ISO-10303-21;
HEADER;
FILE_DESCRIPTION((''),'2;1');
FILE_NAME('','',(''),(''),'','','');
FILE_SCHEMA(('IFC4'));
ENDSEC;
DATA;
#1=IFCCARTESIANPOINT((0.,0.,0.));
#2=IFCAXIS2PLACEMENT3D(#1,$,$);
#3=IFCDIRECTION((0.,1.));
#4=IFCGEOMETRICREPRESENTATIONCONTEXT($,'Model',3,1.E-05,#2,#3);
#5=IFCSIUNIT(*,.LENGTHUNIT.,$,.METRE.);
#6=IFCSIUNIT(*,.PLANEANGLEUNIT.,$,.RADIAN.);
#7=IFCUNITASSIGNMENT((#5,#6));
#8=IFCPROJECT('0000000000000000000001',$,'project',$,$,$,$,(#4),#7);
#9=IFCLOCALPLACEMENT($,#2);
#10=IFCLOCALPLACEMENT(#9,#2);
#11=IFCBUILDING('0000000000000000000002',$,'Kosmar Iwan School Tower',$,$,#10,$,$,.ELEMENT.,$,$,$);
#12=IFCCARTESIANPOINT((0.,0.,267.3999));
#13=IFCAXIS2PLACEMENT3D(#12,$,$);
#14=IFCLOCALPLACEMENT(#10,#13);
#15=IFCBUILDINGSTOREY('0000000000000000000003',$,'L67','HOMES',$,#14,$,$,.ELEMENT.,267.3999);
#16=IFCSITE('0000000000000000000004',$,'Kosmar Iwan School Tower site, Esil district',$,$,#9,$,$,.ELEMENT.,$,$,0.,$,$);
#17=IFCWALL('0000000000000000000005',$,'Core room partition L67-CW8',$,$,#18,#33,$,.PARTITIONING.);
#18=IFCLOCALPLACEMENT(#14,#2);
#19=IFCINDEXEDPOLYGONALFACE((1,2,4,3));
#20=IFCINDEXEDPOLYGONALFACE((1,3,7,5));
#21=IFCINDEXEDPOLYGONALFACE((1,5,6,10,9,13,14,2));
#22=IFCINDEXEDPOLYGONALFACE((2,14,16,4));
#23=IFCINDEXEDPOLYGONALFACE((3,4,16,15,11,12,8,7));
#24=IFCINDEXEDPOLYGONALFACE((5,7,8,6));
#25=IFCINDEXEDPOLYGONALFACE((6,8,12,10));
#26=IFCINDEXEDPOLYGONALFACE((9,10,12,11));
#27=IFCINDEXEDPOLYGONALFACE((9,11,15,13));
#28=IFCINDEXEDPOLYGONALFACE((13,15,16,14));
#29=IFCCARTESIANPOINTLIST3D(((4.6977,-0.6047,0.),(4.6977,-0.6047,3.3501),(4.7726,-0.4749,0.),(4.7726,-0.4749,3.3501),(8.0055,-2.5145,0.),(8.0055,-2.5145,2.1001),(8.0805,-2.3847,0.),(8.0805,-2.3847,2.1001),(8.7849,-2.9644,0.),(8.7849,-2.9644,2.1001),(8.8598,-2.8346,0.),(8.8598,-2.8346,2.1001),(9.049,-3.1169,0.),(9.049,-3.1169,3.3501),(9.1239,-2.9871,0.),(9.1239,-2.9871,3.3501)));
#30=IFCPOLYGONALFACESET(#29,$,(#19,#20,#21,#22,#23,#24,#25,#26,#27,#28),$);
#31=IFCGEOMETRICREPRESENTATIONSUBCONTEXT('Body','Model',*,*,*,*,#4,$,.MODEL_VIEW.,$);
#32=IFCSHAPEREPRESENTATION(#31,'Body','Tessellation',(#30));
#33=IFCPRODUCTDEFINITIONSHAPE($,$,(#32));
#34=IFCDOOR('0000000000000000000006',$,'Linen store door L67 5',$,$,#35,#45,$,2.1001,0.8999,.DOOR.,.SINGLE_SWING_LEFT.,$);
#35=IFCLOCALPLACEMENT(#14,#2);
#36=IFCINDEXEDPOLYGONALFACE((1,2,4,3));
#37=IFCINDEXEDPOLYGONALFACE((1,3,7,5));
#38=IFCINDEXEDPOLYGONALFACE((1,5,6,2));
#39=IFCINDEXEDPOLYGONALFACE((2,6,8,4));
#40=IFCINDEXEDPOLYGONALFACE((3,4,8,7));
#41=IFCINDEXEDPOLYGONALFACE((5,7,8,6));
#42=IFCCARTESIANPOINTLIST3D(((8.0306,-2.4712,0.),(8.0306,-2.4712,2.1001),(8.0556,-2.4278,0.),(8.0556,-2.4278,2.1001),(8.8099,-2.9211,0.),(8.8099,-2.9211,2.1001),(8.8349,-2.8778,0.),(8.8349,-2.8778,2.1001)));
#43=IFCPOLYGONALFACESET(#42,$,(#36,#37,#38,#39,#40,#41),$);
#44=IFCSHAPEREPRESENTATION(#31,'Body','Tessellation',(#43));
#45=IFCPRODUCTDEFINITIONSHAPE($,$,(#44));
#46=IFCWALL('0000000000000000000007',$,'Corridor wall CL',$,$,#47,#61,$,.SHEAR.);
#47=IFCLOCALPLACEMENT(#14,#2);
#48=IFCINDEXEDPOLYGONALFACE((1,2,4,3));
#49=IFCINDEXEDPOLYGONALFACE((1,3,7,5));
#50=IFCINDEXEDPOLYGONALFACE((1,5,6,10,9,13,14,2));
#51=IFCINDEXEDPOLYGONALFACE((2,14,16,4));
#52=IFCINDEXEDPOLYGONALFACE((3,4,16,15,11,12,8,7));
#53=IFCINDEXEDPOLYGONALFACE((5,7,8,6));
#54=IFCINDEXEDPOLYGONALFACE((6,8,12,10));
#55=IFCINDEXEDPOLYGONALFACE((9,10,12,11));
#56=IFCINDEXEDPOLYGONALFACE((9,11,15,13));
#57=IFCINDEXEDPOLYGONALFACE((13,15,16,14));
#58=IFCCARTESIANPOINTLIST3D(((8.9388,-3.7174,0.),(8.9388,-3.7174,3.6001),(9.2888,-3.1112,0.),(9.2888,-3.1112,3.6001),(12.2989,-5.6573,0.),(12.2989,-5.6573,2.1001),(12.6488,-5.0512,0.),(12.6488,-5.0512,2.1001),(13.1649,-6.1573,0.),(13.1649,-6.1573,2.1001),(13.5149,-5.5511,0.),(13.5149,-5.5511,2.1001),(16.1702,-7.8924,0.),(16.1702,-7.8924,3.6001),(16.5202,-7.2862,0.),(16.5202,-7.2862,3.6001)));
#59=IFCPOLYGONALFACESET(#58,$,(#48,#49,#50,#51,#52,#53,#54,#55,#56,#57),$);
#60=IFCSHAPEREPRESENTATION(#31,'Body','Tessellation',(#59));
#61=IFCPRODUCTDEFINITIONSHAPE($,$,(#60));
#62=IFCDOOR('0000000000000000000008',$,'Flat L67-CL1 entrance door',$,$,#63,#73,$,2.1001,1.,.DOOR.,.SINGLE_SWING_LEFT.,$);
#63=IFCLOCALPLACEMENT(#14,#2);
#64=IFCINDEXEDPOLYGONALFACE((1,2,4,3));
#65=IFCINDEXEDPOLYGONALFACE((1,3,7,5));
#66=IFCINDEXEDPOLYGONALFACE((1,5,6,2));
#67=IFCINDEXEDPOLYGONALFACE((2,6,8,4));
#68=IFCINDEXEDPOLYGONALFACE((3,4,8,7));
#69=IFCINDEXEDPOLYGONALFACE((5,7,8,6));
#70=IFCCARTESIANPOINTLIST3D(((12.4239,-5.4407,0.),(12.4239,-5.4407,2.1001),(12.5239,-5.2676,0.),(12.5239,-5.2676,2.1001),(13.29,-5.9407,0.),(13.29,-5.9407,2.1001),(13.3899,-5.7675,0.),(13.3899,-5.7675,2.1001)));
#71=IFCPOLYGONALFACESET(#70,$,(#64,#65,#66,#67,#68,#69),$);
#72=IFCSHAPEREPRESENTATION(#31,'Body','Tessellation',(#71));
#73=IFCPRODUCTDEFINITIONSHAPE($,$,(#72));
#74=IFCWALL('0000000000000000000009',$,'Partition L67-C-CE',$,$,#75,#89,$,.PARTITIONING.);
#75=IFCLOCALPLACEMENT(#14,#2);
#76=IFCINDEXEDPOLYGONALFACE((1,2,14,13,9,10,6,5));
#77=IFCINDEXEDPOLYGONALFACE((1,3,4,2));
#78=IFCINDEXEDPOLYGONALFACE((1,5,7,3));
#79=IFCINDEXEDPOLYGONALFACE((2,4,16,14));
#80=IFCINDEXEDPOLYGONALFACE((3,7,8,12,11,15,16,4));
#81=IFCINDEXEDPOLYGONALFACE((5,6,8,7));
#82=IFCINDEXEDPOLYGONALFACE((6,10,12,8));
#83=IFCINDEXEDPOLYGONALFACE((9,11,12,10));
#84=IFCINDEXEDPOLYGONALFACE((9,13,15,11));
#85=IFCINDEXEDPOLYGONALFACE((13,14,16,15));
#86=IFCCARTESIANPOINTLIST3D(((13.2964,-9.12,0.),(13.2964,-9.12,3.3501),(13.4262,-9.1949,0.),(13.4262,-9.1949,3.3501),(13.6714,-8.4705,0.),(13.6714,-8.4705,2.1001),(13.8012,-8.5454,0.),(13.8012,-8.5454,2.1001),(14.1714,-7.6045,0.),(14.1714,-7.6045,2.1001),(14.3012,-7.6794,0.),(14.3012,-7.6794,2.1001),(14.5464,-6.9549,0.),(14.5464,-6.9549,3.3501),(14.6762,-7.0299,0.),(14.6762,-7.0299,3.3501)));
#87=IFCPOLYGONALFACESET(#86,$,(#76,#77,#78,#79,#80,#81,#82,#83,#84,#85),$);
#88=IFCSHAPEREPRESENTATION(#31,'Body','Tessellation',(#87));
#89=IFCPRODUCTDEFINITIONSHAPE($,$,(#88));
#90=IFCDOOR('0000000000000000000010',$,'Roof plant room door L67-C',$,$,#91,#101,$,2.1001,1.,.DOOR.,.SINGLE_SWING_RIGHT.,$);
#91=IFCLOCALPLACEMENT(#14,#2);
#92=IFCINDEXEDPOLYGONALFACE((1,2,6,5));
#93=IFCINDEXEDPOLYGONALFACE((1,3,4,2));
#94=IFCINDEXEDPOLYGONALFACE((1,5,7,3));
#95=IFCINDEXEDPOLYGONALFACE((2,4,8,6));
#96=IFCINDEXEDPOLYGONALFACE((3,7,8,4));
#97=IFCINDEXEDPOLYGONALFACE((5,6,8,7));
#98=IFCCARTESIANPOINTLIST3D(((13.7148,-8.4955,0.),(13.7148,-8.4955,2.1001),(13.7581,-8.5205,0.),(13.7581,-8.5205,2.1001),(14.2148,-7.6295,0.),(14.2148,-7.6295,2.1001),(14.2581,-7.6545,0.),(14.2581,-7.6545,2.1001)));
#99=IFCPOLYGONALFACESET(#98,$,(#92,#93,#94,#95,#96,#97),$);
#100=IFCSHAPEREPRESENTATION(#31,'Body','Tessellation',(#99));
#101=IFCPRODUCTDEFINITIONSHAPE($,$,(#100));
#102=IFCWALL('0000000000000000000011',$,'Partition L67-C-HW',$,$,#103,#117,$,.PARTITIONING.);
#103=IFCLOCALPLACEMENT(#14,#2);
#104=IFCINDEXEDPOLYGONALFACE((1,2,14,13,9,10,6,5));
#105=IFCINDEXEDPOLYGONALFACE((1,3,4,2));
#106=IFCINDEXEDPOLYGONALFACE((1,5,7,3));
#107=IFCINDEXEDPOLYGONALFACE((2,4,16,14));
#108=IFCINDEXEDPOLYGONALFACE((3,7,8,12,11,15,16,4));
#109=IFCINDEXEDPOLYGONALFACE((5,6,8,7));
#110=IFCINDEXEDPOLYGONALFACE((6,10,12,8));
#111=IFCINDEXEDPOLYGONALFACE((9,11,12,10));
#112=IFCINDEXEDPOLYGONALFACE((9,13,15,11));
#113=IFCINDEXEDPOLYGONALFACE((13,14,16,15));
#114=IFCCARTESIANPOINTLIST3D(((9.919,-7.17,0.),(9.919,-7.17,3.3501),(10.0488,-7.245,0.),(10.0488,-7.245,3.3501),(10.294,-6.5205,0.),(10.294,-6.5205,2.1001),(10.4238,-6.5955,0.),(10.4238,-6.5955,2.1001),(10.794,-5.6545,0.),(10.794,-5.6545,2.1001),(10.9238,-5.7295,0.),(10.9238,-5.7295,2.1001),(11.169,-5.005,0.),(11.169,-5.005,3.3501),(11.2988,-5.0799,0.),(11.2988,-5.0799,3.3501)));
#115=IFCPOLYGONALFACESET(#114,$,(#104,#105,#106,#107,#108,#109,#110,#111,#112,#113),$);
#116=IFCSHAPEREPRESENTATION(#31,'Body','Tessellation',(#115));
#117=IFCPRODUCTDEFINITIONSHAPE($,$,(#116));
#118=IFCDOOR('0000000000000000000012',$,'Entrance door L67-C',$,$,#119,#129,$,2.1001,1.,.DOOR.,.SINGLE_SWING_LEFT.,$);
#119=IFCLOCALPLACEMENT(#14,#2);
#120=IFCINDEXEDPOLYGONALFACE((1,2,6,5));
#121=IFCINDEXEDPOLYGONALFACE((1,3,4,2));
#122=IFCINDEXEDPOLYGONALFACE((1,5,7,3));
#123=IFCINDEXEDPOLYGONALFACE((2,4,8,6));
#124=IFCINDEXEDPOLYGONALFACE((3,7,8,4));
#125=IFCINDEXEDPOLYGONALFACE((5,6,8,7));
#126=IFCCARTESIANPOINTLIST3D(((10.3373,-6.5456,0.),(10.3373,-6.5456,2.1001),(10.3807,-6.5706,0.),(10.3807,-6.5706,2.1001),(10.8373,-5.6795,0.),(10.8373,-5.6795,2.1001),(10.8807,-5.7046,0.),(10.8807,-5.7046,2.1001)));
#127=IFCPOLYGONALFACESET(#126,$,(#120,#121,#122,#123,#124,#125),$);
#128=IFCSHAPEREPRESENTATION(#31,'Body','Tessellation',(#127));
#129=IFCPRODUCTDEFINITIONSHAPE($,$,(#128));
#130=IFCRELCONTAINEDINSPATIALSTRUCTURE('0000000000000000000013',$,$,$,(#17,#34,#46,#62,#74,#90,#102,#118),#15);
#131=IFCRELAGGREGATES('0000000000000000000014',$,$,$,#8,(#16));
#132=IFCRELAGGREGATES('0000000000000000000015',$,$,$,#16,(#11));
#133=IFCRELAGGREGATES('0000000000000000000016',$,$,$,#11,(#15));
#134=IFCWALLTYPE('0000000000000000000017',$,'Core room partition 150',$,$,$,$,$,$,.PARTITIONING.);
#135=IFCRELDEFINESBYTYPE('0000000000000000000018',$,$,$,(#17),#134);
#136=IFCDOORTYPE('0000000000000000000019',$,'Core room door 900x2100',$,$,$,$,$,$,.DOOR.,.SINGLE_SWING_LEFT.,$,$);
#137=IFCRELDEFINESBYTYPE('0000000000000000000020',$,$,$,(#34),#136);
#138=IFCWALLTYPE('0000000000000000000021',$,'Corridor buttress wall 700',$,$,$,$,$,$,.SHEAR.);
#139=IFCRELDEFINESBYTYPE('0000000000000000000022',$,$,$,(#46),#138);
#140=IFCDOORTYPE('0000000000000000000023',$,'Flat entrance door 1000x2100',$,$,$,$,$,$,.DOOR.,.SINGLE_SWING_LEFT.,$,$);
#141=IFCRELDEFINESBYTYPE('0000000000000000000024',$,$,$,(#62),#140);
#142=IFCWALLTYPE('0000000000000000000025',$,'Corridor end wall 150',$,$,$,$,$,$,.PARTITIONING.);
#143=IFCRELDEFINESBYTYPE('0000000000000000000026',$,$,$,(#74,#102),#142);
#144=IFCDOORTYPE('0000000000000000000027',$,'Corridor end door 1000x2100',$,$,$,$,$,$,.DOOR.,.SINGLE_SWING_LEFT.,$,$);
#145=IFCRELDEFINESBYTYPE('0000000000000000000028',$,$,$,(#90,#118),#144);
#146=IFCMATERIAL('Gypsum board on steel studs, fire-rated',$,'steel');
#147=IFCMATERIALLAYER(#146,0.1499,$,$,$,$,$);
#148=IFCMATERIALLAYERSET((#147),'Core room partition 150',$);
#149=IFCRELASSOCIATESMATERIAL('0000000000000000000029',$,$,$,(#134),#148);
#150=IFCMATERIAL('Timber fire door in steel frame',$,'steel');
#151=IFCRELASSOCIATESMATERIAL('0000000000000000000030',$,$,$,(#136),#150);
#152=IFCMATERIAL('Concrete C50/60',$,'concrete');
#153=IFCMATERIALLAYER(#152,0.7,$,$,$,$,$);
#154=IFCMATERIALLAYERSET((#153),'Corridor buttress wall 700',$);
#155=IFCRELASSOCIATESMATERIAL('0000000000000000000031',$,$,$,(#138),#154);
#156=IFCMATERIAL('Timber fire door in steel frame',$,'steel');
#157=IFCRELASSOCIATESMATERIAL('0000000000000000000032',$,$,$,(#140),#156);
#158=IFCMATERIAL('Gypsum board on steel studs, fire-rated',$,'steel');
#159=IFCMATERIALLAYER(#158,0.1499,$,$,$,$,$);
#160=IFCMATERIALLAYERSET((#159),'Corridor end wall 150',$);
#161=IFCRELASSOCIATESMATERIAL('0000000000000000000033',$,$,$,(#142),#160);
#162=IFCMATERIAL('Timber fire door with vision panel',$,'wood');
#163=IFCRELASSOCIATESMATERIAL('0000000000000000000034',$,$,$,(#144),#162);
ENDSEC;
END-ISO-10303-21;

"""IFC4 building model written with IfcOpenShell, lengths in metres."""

from ifc_helpers import new_model, si_unit, direction, frame, frame_2d, origin, place, context, subcontext, project, spatial, rectangle, extrude, material, layer, layer_set, type_object, element, fill, save


model = new_model("IFC4")

# Units and contexts
model_context = context("Model", 3, precision=1e-05, world=origin(), true_north=direction((0.0, 1.0)))
body_context = subcontext(model_context, "Body", "Model", "MODEL_VIEW")
ifc_project = project(units=[si_unit("LENGTHUNIT", "METRE"), si_unit("PLANEANGLEUNIT", "RADIAN")], contexts=[model_context])

# Site, building, storey
site_placement = place(None, origin())
site = spatial("IfcSite", under=ifc_project, at=site_placement, Name="Kosmar Iwan School Tower site, Esil district", CompositionType="ELEMENT", RefElevation=0.0)
building_placement = place(site_placement, origin())
building = spatial("IfcBuilding", under=site, at=building_placement, Name="Kosmar Iwan School Tower", CompositionType="ELEMENT")
storey_placement = place(building_placement, frame((0.0, 0.0, 267.3999)))
storey = spatial("IfcBuildingStorey", under=building, at=storey_placement, Name="L67", Description="HOMES", CompositionType="ELEMENT", Elevation=267.3999)

# Walls, openings, doors
ifc_material_1 = material(Name="Gypsum board on steel studs, fire-rated", Category="steel")
ifc_layer_1 = layer(ifc_material_1, 0.1499)
ifc_layer_set_1 = layer_set([ifc_layer_1], Name="Core room partition 150")
wall_type_1 = type_object("IfcWallType", Name="Core room partition 150", PredefinedType="PARTITIONING", material=ifc_layer_set_1)
wall_1_placement = place(storey_placement, frame((9.0864, -3.052, 0.0), z_axis=(0.0, 0.0, 1.0), x_axis=(-0.866028, 0.499996, 0.0)))
wall_1 = element("IfcWall", 1, at=wall_1_placement, inside=storey, type_object=wall_type_1, Name="Core room partition L67-CW8", PredefinedType="PARTITIONING", context=body_context, shape_type="SweptSolid", body=[
    extrude(rectangle(XDim=5.0244, YDim=0.1499, at=frame_2d((2.5122, 0.0))), origin(), (0.0, 0.0, 1.0), 3.3501),
])
opening_1_placement = place(wall_1_placement, frame((0.3049, 0.0, 0.0)))
opening_1 = element("IfcOpeningElement", 2, at=opening_1_placement, cuts=wall_1, PredefinedType="OPENING", context=body_context, shape_type="SweptSolid", body=[
    extrude(rectangle(XDim=0.8999, YDim=2.1001, at=frame_2d((0.45, 1.05))), frame((0.0, 0.0869, 0.0), z_axis=(0.0, -1.0, 0.0), x_axis=(1.0, 0.0, 0.0)), (0.0, 0.0, 1.0), 0.1738),
])
ifc_material_2 = material(Name="Timber fire door in steel frame", Category="steel")
door_type_1 = type_object("IfcDoorType", Name="Core room door 900x2100", OperationType="SINGLE_SWING_LEFT", PredefinedType="DOOR", material=ifc_material_2)
door_1_placement = place(opening_1_placement, origin())
door_1 = element("IfcDoor", 3, at=door_1_placement, inside=storey, type_object=door_type_1, Name="Linen store door L67 5", OperationType="SINGLE_SWING_LEFT", OverallHeight=2.1001, OverallWidth=0.8999, PredefinedType="DOOR", context=body_context, shape_type="SweptSolid", body=[
    extrude(rectangle(XDim=0.8999, YDim=2.1001, at=frame_2d((0.45, 1.05))), frame((0.0, 0.0249, 0.0), z_axis=(0.0, -1.0, 0.0), x_axis=(1.0, 0.0, 0.0)), (0.0, 0.0, 1.0), 0.05),
])
fill(opening_1, door_1)
ifc_material_3 = material(Name="Concrete C50/60", Category="concrete")
ifc_layer_2 = layer(ifc_material_3, 0.7)
ifc_layer_set_2 = layer_set([ifc_layer_2], Name="Corridor buttress wall 700")
wall_type_2 = type_object("IfcWallType", Name="Corridor buttress wall 700", PredefinedType="SHEAR", material=ifc_layer_set_2)
wall_2_placement = place(storey_placement, frame((9.1138, -3.4143, 0.0), z_axis=(0.0, 0.0, 1.0), x_axis=(0.866027, -0.499997, 0.0)))
wall_2 = element("IfcWall", 4, at=wall_2_placement, inside=storey, type_object=wall_type_2, Name="Corridor wall CL", PredefinedType="SHEAR", context=body_context, shape_type="SweptSolid", body=[
    extrude(rectangle(XDim=8.3501, YDim=0.7, at=frame_2d((4.175, 0.0))), origin(), (0.0, 0.0, 1.0), 3.6001),
])
opening_2_placement = place(wall_2_placement, frame((3.8799, 0.0, 0.0)))
opening_2 = element("IfcOpeningElement", 5, at=opening_2_placement, cuts=wall_2, PredefinedType="OPENING", context=body_context, shape_type="SweptSolid", body=[
    extrude(rectangle(XDim=1.0, YDim=2.1001, at=frame_2d((0.5, 1.05))), frame((0.0, 0.3621, 0.0), z_axis=(0.0, -1.0, 0.0), x_axis=(1.0, 0.0, 0.0)), (0.0, 0.0, 1.0), 0.7239),
])
ifc_material_4 = material(Name="Timber fire door in steel frame", Category="steel")
door_type_2 = type_object("IfcDoorType", Name="Flat entrance door 1000x2100", OperationType="SINGLE_SWING_LEFT", PredefinedType="DOOR", material=ifc_material_4)
door_2_placement = place(opening_2_placement, origin())
door_2 = element("IfcDoor", 6, at=door_2_placement, inside=storey, type_object=door_type_2, Name="Flat L67-CL1 entrance door", OperationType="SINGLE_SWING_LEFT", OverallHeight=2.1001, OverallWidth=1.0, PredefinedType="DOOR", context=body_context, shape_type="SweptSolid", body=[
    extrude(rectangle(XDim=1.0, YDim=2.1001, at=frame_2d((0.5, 1.05))), frame((0.0, 0.1001, 0.0), z_axis=(0.0, -1.0, 0.0), x_axis=(1.0, 0.0, 0.0)), (0.0, 0.0, 1.0), 0.2),
])
fill(opening_2, door_2)
ifc_material_5 = material(Name="Gypsum board on steel studs, fire-rated", Category="steel")
ifc_layer_3 = layer(ifc_material_5, 0.1499)
ifc_layer_set_3 = layer_set([ifc_layer_3], Name="Corridor end wall 150")
wall_type_3 = type_object("IfcWallType", Name="Corridor end wall 150", PredefinedType="PARTITIONING", material=ifc_layer_set_3)
wall_3_placement = place(storey_placement, frame((13.3613, -9.1575, 0.0), z_axis=(0.0, 0.0, 1.0), x_axis=(0.500004, 0.866023, 0.0)))
wall_3 = element("IfcWall", 7, at=wall_3_placement, inside=storey, type_object=wall_type_3, Name="Partition L67-C-CE", PredefinedType="PARTITIONING", context=body_context, shape_type="SweptSolid", body=[
    extrude(rectangle(XDim=2.5, YDim=0.1499, at=frame_2d((1.25, 0.0))), origin(), (0.0, 0.0, 1.0), 3.3501),
])
opening_3_placement = place(wall_3_placement, frame((0.75, 0.0, 0.0)))
opening_3 = element("IfcOpeningElement", 8, at=opening_3_placement, cuts=wall_3, PredefinedType="OPENING", context=body_context, shape_type="SweptSolid", body=[
    extrude(rectangle(XDim=1.0, YDim=2.1001, at=frame_2d((0.5, 1.05))), frame((0.0, 0.0869, 0.0), z_axis=(0.0, -1.0, 0.0), x_axis=(1.0, 0.0, 0.0)), (0.0, 0.0, 1.0), 0.1738),
])
ifc_material_6 = material(Name="Timber fire door with vision panel", Category="wood")
door_type_3 = type_object("IfcDoorType", Name="Corridor end door 1000x2100", OperationType="SINGLE_SWING_LEFT", PredefinedType="DOOR", material=ifc_material_6)
door_3_placement = place(opening_3_placement, origin())
door_3 = element("IfcDoor", 9, at=door_3_placement, inside=storey, type_object=door_type_3, Name="Roof plant room door L67-C", OperationType="SINGLE_SWING_RIGHT", OverallHeight=2.1001, OverallWidth=1.0, PredefinedType="DOOR", context=body_context, shape_type="SweptSolid", body=[
    extrude(rectangle(XDim=1.0, YDim=2.1001, at=frame_2d((0.5, 1.05))), frame((0.0, 0.0249, 0.0), z_axis=(0.0, -1.0, 0.0), x_axis=(1.0, 0.0, 0.0)), (0.0, 0.0, 1.0), 0.05),
])
fill(opening_3, door_3)
wall_4_placement = place(storey_placement, frame((9.9839, -7.2075, 0.0), z_axis=(0.0, 0.0, 1.0), x_axis=(0.500004, 0.866023, 0.0)))
wall_4 = element("IfcWall", 10, at=wall_4_placement, inside=storey, type_object=wall_type_3, Name="Partition L67-C-HW", PredefinedType="PARTITIONING", context=body_context, shape_type="SweptSolid", body=[
    extrude(rectangle(XDim=2.5, YDim=0.1499, at=frame_2d((1.25, 0.0))), origin(), (0.0, 0.0, 1.0), 3.3501),
])
opening_4_placement = place(wall_4_placement, frame((0.75, 0.0, 0.0)))
opening_4 = element("IfcOpeningElement", 11, at=opening_4_placement, cuts=wall_4, PredefinedType="OPENING", context=body_context, shape_type="SweptSolid", body=[
    extrude(rectangle(XDim=1.0, YDim=2.1001, at=frame_2d((0.5, 1.05))), frame((0.0, 0.0869, 0.0), z_axis=(0.0, -1.0, 0.0), x_axis=(1.0, 0.0, 0.0)), (0.0, 0.0, 1.0), 0.1738),
])
door_4_placement = place(opening_4_placement, origin())
door_4 = element("IfcDoor", 12, at=door_4_placement, inside=storey, type_object=door_type_3, Name="Entrance door L67-C", OperationType="SINGLE_SWING_LEFT", OverallHeight=2.1001, OverallWidth=1.0, PredefinedType="DOOR", context=body_context, shape_type="SweptSolid", body=[
    extrude(rectangle(XDim=1.0, YDim=2.1001, at=frame_2d((0.5, 1.05))), frame((0.0, 0.0249, 0.0), z_axis=(0.0, -1.0, 0.0), x_axis=(1.0, 0.0, 0.0)), (0.0, 0.0, 1.0), 0.05),
])
fill(opening_4, door_4)

save(model, "model.ifc")
